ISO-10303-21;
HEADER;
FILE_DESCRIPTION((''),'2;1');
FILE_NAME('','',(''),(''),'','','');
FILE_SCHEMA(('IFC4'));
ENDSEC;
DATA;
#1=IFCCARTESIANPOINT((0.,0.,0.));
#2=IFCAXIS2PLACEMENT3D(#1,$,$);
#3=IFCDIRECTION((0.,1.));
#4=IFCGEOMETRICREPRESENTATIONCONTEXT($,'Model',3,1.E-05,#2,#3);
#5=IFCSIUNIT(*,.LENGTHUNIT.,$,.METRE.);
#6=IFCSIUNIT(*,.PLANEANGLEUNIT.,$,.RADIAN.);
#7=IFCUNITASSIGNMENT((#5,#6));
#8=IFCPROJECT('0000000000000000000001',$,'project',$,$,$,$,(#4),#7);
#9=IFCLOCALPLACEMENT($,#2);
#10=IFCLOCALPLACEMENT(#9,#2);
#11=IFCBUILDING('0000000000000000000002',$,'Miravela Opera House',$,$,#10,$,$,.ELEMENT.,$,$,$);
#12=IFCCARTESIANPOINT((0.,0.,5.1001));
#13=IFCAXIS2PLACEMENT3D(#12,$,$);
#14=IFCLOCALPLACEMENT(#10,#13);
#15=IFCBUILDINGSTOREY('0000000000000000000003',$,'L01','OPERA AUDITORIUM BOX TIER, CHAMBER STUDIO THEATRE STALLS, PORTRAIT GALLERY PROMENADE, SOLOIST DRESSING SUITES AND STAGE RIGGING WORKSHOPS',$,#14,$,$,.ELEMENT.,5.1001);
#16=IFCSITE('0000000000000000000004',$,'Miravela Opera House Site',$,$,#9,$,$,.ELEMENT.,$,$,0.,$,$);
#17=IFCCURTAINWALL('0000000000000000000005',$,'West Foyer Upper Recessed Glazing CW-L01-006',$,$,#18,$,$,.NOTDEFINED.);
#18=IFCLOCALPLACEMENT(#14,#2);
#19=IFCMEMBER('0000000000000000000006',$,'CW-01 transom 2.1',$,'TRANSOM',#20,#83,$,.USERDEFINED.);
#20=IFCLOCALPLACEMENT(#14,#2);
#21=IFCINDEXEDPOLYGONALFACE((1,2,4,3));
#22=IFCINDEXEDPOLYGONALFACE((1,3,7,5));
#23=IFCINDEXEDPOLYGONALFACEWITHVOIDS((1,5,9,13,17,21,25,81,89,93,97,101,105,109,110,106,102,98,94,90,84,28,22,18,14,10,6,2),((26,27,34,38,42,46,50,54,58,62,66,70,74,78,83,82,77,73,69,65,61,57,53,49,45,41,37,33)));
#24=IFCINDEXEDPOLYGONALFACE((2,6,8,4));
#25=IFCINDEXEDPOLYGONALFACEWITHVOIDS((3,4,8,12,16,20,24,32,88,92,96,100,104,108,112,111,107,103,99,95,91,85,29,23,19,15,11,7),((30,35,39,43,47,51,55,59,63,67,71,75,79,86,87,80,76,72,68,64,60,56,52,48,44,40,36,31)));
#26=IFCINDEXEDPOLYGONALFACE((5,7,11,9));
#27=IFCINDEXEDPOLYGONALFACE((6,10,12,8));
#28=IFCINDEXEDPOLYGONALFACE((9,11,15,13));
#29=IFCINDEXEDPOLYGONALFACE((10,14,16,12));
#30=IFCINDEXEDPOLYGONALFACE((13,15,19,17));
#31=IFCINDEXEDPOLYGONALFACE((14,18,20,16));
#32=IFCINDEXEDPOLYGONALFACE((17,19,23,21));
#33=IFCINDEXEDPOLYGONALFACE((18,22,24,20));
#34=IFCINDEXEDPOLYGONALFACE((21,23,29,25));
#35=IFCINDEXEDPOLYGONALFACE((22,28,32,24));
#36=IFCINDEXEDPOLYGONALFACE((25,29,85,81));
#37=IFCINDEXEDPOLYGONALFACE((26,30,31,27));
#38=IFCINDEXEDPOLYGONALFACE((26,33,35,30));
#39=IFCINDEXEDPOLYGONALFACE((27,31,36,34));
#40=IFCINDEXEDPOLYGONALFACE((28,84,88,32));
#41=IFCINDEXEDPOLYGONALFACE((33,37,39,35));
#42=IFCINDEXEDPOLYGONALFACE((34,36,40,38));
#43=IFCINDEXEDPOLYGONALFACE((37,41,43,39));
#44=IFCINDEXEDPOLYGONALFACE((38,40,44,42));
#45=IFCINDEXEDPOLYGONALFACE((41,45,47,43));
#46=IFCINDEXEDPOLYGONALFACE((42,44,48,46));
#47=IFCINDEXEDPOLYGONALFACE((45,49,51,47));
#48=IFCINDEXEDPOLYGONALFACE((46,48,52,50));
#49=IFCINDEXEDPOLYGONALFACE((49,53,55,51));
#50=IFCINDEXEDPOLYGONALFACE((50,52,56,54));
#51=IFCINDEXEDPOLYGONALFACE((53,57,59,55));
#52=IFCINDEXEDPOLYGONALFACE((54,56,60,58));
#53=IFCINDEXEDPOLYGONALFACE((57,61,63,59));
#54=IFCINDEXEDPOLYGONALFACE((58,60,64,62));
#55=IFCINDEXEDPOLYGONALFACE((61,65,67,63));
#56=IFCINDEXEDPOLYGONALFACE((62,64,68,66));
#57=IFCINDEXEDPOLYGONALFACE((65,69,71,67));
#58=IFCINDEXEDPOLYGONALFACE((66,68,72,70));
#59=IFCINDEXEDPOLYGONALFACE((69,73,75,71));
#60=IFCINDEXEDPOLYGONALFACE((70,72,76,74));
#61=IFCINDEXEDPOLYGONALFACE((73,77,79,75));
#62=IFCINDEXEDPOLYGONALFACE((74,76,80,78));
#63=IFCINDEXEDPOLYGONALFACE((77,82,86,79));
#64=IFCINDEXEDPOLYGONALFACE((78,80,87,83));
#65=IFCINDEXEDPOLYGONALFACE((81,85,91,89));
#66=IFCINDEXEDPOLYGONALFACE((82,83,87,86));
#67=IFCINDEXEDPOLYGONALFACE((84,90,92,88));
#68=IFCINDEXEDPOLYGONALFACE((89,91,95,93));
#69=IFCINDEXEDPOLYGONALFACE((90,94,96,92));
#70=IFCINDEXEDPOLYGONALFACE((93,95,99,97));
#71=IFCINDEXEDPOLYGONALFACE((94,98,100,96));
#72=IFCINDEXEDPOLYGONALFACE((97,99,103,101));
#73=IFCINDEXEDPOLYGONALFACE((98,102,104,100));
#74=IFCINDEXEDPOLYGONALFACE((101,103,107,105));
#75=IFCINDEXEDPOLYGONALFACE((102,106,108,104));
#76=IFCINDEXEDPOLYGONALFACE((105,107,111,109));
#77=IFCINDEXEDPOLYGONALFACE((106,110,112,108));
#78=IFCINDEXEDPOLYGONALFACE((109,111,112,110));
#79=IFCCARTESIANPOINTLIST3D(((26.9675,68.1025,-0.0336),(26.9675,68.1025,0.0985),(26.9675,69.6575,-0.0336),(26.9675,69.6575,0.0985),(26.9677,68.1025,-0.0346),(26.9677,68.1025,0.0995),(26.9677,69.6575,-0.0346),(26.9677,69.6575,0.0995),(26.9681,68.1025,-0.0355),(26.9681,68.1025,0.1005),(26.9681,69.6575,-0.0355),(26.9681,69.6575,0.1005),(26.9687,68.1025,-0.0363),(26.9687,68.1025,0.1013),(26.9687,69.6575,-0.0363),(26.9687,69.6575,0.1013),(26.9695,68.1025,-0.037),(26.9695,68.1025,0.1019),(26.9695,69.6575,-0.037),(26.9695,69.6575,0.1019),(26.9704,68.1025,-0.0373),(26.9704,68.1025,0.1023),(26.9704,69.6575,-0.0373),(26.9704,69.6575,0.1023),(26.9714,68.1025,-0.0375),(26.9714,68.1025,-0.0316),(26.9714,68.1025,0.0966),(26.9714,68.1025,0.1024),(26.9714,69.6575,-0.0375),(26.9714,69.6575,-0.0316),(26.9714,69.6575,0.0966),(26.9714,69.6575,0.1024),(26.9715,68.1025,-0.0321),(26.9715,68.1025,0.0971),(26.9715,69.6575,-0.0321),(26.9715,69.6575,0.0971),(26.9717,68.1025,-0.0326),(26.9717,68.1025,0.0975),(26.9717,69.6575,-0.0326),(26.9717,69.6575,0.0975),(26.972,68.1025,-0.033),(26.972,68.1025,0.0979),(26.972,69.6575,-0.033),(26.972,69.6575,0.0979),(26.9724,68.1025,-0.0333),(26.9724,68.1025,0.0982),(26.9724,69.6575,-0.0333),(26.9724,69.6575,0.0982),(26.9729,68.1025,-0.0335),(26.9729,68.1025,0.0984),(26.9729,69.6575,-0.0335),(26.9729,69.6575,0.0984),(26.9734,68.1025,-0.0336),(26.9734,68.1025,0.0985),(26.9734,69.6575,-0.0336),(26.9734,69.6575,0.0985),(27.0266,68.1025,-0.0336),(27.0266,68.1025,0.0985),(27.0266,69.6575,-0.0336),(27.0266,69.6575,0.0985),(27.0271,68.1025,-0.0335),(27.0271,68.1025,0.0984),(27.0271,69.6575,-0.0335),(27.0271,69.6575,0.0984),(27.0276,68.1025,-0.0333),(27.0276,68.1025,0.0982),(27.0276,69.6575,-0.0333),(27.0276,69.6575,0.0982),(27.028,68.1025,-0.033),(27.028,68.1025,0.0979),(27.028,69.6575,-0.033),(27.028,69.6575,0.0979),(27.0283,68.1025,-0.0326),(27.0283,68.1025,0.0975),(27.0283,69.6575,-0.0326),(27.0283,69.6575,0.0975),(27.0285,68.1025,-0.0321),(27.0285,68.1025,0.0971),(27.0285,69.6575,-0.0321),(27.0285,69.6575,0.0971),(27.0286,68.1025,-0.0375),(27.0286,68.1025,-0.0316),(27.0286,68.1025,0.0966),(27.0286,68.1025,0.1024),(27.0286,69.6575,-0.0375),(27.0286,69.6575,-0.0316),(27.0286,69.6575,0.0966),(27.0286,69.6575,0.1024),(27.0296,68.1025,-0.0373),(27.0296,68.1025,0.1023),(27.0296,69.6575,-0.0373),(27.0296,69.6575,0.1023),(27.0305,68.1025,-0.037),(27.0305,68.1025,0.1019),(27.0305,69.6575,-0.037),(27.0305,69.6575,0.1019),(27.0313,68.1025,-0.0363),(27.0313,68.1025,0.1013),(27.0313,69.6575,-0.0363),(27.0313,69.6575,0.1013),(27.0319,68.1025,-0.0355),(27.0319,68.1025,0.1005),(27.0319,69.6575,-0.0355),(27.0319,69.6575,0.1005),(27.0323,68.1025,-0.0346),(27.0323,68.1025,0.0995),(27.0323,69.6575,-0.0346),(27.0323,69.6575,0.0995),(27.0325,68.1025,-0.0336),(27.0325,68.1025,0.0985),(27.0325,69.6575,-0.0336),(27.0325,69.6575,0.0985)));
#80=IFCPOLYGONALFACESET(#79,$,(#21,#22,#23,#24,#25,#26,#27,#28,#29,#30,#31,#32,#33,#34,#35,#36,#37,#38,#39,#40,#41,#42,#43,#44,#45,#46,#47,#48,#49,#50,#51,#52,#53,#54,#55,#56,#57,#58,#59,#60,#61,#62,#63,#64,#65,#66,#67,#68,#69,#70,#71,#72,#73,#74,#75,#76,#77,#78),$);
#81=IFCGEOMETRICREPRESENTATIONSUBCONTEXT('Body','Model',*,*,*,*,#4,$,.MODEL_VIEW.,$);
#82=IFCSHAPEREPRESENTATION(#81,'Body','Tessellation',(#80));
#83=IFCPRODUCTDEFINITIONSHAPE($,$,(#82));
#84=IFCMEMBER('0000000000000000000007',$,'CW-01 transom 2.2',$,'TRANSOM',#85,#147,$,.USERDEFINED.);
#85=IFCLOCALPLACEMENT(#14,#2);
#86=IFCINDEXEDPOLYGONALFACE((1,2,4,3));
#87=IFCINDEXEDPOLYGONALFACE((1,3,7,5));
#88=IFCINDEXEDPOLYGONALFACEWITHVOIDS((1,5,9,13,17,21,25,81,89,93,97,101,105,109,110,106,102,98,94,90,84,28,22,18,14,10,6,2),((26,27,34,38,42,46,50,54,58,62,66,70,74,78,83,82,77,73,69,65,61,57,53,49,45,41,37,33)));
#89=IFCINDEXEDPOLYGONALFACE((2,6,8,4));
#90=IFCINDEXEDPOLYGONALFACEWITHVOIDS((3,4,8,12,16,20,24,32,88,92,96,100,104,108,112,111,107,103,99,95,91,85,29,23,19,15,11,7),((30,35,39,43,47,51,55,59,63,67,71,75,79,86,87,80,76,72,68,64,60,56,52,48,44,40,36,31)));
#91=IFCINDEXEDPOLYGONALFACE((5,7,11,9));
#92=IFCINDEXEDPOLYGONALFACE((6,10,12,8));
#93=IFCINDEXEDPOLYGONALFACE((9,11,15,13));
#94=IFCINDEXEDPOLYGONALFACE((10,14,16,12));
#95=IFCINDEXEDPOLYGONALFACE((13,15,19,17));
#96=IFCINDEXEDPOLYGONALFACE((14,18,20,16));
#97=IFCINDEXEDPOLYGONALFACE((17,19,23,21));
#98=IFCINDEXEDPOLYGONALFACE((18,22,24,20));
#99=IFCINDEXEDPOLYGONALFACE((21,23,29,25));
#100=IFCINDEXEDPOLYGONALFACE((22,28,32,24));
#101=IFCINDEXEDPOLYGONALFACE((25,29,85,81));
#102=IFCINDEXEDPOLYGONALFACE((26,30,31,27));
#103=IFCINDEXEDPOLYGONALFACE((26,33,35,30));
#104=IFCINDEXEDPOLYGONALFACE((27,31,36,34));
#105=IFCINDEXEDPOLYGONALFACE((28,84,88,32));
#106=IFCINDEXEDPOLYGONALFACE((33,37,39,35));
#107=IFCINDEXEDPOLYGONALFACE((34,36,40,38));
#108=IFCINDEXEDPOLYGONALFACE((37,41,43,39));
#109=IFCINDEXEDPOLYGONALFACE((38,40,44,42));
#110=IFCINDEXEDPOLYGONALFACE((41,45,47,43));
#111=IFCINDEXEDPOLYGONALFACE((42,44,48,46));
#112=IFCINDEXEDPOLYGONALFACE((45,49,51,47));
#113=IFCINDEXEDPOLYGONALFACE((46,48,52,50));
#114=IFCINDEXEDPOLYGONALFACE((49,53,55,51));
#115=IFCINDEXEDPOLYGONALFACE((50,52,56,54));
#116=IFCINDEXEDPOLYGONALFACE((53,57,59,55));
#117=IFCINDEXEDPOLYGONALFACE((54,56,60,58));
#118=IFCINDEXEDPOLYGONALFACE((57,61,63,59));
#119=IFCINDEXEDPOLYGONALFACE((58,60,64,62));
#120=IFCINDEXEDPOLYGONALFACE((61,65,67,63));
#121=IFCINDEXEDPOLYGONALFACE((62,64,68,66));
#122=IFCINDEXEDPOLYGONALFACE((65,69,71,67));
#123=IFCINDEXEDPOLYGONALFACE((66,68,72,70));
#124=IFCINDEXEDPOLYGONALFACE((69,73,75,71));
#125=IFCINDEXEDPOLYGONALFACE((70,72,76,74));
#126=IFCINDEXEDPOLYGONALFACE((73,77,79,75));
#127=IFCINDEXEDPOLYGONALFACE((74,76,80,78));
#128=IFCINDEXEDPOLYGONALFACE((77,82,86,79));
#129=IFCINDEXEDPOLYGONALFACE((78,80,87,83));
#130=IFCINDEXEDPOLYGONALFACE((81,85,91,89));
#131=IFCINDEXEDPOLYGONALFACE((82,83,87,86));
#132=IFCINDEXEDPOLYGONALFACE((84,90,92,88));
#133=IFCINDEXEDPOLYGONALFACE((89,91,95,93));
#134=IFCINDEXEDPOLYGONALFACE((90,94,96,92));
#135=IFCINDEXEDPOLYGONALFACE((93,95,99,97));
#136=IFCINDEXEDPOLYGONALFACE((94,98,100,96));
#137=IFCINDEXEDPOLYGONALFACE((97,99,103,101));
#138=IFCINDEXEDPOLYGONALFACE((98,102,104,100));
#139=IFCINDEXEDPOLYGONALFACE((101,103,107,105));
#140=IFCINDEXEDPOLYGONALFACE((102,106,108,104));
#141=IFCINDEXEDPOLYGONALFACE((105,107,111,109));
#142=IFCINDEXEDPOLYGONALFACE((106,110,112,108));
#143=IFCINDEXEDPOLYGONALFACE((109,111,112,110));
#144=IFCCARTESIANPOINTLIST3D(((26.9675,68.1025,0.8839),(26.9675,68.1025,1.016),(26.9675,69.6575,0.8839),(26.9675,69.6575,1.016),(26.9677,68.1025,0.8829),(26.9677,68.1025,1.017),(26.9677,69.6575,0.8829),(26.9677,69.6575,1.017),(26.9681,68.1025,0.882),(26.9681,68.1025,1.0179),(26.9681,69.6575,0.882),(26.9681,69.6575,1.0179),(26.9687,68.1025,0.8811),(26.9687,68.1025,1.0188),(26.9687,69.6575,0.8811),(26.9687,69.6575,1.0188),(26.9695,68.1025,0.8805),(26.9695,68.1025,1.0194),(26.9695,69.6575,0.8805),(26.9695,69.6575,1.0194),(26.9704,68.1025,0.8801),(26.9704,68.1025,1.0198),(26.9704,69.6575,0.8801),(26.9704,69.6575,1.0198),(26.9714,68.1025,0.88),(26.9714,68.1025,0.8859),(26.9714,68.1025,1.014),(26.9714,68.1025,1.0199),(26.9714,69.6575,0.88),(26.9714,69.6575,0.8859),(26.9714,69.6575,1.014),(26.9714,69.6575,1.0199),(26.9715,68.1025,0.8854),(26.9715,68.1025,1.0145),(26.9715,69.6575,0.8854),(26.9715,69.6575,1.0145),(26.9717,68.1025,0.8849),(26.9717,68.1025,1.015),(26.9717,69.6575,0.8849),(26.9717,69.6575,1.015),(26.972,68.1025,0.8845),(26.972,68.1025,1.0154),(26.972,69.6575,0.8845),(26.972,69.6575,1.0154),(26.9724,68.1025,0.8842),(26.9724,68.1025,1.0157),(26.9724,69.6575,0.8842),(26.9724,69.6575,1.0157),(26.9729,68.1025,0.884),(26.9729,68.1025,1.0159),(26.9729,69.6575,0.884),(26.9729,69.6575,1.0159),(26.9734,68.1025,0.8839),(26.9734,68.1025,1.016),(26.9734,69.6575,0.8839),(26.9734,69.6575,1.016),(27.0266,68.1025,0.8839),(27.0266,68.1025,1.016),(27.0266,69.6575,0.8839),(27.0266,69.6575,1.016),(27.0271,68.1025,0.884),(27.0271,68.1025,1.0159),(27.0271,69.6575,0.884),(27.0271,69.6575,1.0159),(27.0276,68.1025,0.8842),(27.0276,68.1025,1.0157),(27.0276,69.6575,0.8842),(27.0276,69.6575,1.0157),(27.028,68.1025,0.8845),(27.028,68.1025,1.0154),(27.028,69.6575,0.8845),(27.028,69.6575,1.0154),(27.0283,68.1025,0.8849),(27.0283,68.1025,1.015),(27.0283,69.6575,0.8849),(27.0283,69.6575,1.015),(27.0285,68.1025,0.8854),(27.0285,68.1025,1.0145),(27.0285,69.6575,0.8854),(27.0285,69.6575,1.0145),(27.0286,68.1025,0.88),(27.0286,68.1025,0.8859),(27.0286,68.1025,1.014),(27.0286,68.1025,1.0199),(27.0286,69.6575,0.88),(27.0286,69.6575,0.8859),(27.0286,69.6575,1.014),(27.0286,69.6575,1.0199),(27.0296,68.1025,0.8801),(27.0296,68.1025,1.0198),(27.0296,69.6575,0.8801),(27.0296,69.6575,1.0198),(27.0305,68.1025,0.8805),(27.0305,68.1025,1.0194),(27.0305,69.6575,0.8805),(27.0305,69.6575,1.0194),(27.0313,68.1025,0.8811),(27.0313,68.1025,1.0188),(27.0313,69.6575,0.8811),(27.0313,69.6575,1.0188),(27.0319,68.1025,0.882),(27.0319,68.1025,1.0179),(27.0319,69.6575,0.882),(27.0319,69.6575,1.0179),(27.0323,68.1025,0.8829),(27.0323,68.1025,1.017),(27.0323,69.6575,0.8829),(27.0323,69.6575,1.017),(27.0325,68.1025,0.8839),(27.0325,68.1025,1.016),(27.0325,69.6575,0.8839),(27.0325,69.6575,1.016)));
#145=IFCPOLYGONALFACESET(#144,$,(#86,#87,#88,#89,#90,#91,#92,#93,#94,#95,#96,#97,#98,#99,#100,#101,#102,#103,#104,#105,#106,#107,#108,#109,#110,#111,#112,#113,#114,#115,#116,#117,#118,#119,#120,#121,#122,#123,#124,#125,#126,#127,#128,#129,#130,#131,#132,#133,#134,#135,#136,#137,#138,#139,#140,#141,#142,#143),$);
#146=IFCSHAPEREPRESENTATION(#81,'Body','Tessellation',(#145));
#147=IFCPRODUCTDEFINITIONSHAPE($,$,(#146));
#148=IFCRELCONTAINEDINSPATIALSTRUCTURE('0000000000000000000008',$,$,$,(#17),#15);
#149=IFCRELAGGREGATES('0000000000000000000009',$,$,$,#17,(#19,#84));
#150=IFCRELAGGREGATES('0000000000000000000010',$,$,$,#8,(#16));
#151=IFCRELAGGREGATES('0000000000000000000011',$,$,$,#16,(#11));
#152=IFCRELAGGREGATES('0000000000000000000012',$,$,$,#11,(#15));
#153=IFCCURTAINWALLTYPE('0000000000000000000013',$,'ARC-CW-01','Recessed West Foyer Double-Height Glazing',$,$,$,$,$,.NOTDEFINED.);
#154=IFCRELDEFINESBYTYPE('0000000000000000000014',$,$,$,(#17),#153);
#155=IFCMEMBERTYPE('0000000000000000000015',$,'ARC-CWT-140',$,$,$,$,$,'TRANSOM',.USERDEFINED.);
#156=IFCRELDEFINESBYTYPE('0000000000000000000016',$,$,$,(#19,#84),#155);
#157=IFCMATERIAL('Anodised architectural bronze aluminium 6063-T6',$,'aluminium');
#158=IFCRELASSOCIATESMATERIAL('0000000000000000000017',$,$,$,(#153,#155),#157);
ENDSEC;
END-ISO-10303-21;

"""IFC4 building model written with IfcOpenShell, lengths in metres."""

from ifc_helpers import new_model, si_unit, direction, frame, origin, origin_2d, place, context, subcontext, project, spatial, hollow_rectangle, extrude, material, material_profile, profile_set, type_object, element, aggregate, save


model = new_model("IFC4")

# Units and contexts
model_context = context("Model", 3, precision=1e-05, world=origin(), true_north=direction((0.0, 1.0)))
body_context = subcontext(model_context, "Body", "Model", "MODEL_VIEW")
ifc_project = project(units=[si_unit("LENGTHUNIT", "METRE"), si_unit("PLANEANGLEUNIT", "RADIAN")], contexts=[model_context])

# Site, building, storey
site_placement = place(None, origin())
site = spatial("IfcSite", under=ifc_project, at=site_placement, Name="Miravela Opera House Site", CompositionType="ELEMENT", RefElevation=0.0)
building_placement = place(site_placement, origin())
building = spatial("IfcBuilding", under=site, at=building_placement, Name="Miravela Opera House", CompositionType="ELEMENT")
storey_placement = place(building_placement, frame((0.0, 0.0, 5.1001)))
storey = spatial("IfcBuildingStorey", under=building, at=storey_placement, Name="L01", Description="OPERA AUDITORIUM BOX TIER, CHAMBER STUDIO THEATRE STALLS, PORTRAIT GALLERY PROMENADE, SOLOIST DRESSING SUITES AND STAGE RIGGING WORKSHOPS", CompositionType="ELEMENT", Elevation=5.1001)

# Curtain wall, members
ifc_material_1 = material(Name="Anodised architectural bronze aluminium 6063-T6", Category="aluminium")
curtain_wall_type = type_object("IfcCurtainWallType", Name="ARC-CW-01", Description="Recessed West Foyer Double-Height Glazing", PredefinedType="NOTDEFINED", material=ifc_material_1)
curtain_wall_placement = place(storey_placement, origin())
curtain_wall = element("IfcCurtainWall", 1, at=curtain_wall_placement, inside=storey, type_object=curtain_wall_type, Name="West Foyer Upper Recessed Glazing CW-L01-006", PredefinedType="NOTDEFINED")
ifc_material_profile_1 = material_profile(ifc_material_1, hollow_rectangle(XDim=0.0649, YDim=0.1399, WallThickness=0.0039, InnerFilletRadius=0.002, OuterFilletRadius=0.0039, at=origin_2d()), Name="CWT-65X140")
ifc_profile_set_1 = profile_set([ifc_material_profile_1])
member_type_1 = type_object("IfcMemberType", Name="ARC-CWT-140", ElementType="TRANSOM", PredefinedType="USERDEFINED", material=ifc_profile_set_1)
member_1_placement = place(storey_placement, frame((27.0, 68.1025, 0.0325), z_axis=(0.0, 1.0, 0.0), x_axis=(-1.0, 0.0, 0.0)))
member_1 = element("IfcMember", 2, at=member_1_placement, type_object=member_type_1, Name="CW-01 transom 2.1", ObjectType="TRANSOM", PredefinedType="USERDEFINED", context=body_context, shape_type="SweptSolid", body=[
    extrude(hollow_rectangle(XDim=0.0649, YDim=0.1399, WallThickness=0.0039, InnerFilletRadius=0.002, OuterFilletRadius=0.0039, at=origin_2d()), origin(), (0.0, 0.0, 1.0), 1.5549),
])
member_2_placement = place(storey_placement, frame((27.0, 68.1025, 0.95), z_axis=(0.0, 1.0, 0.0), x_axis=(-1.0, 0.0, 0.0)))
member_2 = element("IfcMember", 3, at=member_2_placement, type_object=member_type_1, Name="CW-01 transom 2.2", ObjectType="TRANSOM", PredefinedType="USERDEFINED", context=body_context, shape_type="SweptSolid", body=[
    extrude(hollow_rectangle(XDim=0.0649, YDim=0.1399, WallThickness=0.0039, InnerFilletRadius=0.002, OuterFilletRadius=0.0039, at=origin_2d()), origin(), (0.0, 0.0, 1.0), 1.5549),
])

aggregate(curtain_wall, [member_1, member_2])

save(model, "model.ifc")
